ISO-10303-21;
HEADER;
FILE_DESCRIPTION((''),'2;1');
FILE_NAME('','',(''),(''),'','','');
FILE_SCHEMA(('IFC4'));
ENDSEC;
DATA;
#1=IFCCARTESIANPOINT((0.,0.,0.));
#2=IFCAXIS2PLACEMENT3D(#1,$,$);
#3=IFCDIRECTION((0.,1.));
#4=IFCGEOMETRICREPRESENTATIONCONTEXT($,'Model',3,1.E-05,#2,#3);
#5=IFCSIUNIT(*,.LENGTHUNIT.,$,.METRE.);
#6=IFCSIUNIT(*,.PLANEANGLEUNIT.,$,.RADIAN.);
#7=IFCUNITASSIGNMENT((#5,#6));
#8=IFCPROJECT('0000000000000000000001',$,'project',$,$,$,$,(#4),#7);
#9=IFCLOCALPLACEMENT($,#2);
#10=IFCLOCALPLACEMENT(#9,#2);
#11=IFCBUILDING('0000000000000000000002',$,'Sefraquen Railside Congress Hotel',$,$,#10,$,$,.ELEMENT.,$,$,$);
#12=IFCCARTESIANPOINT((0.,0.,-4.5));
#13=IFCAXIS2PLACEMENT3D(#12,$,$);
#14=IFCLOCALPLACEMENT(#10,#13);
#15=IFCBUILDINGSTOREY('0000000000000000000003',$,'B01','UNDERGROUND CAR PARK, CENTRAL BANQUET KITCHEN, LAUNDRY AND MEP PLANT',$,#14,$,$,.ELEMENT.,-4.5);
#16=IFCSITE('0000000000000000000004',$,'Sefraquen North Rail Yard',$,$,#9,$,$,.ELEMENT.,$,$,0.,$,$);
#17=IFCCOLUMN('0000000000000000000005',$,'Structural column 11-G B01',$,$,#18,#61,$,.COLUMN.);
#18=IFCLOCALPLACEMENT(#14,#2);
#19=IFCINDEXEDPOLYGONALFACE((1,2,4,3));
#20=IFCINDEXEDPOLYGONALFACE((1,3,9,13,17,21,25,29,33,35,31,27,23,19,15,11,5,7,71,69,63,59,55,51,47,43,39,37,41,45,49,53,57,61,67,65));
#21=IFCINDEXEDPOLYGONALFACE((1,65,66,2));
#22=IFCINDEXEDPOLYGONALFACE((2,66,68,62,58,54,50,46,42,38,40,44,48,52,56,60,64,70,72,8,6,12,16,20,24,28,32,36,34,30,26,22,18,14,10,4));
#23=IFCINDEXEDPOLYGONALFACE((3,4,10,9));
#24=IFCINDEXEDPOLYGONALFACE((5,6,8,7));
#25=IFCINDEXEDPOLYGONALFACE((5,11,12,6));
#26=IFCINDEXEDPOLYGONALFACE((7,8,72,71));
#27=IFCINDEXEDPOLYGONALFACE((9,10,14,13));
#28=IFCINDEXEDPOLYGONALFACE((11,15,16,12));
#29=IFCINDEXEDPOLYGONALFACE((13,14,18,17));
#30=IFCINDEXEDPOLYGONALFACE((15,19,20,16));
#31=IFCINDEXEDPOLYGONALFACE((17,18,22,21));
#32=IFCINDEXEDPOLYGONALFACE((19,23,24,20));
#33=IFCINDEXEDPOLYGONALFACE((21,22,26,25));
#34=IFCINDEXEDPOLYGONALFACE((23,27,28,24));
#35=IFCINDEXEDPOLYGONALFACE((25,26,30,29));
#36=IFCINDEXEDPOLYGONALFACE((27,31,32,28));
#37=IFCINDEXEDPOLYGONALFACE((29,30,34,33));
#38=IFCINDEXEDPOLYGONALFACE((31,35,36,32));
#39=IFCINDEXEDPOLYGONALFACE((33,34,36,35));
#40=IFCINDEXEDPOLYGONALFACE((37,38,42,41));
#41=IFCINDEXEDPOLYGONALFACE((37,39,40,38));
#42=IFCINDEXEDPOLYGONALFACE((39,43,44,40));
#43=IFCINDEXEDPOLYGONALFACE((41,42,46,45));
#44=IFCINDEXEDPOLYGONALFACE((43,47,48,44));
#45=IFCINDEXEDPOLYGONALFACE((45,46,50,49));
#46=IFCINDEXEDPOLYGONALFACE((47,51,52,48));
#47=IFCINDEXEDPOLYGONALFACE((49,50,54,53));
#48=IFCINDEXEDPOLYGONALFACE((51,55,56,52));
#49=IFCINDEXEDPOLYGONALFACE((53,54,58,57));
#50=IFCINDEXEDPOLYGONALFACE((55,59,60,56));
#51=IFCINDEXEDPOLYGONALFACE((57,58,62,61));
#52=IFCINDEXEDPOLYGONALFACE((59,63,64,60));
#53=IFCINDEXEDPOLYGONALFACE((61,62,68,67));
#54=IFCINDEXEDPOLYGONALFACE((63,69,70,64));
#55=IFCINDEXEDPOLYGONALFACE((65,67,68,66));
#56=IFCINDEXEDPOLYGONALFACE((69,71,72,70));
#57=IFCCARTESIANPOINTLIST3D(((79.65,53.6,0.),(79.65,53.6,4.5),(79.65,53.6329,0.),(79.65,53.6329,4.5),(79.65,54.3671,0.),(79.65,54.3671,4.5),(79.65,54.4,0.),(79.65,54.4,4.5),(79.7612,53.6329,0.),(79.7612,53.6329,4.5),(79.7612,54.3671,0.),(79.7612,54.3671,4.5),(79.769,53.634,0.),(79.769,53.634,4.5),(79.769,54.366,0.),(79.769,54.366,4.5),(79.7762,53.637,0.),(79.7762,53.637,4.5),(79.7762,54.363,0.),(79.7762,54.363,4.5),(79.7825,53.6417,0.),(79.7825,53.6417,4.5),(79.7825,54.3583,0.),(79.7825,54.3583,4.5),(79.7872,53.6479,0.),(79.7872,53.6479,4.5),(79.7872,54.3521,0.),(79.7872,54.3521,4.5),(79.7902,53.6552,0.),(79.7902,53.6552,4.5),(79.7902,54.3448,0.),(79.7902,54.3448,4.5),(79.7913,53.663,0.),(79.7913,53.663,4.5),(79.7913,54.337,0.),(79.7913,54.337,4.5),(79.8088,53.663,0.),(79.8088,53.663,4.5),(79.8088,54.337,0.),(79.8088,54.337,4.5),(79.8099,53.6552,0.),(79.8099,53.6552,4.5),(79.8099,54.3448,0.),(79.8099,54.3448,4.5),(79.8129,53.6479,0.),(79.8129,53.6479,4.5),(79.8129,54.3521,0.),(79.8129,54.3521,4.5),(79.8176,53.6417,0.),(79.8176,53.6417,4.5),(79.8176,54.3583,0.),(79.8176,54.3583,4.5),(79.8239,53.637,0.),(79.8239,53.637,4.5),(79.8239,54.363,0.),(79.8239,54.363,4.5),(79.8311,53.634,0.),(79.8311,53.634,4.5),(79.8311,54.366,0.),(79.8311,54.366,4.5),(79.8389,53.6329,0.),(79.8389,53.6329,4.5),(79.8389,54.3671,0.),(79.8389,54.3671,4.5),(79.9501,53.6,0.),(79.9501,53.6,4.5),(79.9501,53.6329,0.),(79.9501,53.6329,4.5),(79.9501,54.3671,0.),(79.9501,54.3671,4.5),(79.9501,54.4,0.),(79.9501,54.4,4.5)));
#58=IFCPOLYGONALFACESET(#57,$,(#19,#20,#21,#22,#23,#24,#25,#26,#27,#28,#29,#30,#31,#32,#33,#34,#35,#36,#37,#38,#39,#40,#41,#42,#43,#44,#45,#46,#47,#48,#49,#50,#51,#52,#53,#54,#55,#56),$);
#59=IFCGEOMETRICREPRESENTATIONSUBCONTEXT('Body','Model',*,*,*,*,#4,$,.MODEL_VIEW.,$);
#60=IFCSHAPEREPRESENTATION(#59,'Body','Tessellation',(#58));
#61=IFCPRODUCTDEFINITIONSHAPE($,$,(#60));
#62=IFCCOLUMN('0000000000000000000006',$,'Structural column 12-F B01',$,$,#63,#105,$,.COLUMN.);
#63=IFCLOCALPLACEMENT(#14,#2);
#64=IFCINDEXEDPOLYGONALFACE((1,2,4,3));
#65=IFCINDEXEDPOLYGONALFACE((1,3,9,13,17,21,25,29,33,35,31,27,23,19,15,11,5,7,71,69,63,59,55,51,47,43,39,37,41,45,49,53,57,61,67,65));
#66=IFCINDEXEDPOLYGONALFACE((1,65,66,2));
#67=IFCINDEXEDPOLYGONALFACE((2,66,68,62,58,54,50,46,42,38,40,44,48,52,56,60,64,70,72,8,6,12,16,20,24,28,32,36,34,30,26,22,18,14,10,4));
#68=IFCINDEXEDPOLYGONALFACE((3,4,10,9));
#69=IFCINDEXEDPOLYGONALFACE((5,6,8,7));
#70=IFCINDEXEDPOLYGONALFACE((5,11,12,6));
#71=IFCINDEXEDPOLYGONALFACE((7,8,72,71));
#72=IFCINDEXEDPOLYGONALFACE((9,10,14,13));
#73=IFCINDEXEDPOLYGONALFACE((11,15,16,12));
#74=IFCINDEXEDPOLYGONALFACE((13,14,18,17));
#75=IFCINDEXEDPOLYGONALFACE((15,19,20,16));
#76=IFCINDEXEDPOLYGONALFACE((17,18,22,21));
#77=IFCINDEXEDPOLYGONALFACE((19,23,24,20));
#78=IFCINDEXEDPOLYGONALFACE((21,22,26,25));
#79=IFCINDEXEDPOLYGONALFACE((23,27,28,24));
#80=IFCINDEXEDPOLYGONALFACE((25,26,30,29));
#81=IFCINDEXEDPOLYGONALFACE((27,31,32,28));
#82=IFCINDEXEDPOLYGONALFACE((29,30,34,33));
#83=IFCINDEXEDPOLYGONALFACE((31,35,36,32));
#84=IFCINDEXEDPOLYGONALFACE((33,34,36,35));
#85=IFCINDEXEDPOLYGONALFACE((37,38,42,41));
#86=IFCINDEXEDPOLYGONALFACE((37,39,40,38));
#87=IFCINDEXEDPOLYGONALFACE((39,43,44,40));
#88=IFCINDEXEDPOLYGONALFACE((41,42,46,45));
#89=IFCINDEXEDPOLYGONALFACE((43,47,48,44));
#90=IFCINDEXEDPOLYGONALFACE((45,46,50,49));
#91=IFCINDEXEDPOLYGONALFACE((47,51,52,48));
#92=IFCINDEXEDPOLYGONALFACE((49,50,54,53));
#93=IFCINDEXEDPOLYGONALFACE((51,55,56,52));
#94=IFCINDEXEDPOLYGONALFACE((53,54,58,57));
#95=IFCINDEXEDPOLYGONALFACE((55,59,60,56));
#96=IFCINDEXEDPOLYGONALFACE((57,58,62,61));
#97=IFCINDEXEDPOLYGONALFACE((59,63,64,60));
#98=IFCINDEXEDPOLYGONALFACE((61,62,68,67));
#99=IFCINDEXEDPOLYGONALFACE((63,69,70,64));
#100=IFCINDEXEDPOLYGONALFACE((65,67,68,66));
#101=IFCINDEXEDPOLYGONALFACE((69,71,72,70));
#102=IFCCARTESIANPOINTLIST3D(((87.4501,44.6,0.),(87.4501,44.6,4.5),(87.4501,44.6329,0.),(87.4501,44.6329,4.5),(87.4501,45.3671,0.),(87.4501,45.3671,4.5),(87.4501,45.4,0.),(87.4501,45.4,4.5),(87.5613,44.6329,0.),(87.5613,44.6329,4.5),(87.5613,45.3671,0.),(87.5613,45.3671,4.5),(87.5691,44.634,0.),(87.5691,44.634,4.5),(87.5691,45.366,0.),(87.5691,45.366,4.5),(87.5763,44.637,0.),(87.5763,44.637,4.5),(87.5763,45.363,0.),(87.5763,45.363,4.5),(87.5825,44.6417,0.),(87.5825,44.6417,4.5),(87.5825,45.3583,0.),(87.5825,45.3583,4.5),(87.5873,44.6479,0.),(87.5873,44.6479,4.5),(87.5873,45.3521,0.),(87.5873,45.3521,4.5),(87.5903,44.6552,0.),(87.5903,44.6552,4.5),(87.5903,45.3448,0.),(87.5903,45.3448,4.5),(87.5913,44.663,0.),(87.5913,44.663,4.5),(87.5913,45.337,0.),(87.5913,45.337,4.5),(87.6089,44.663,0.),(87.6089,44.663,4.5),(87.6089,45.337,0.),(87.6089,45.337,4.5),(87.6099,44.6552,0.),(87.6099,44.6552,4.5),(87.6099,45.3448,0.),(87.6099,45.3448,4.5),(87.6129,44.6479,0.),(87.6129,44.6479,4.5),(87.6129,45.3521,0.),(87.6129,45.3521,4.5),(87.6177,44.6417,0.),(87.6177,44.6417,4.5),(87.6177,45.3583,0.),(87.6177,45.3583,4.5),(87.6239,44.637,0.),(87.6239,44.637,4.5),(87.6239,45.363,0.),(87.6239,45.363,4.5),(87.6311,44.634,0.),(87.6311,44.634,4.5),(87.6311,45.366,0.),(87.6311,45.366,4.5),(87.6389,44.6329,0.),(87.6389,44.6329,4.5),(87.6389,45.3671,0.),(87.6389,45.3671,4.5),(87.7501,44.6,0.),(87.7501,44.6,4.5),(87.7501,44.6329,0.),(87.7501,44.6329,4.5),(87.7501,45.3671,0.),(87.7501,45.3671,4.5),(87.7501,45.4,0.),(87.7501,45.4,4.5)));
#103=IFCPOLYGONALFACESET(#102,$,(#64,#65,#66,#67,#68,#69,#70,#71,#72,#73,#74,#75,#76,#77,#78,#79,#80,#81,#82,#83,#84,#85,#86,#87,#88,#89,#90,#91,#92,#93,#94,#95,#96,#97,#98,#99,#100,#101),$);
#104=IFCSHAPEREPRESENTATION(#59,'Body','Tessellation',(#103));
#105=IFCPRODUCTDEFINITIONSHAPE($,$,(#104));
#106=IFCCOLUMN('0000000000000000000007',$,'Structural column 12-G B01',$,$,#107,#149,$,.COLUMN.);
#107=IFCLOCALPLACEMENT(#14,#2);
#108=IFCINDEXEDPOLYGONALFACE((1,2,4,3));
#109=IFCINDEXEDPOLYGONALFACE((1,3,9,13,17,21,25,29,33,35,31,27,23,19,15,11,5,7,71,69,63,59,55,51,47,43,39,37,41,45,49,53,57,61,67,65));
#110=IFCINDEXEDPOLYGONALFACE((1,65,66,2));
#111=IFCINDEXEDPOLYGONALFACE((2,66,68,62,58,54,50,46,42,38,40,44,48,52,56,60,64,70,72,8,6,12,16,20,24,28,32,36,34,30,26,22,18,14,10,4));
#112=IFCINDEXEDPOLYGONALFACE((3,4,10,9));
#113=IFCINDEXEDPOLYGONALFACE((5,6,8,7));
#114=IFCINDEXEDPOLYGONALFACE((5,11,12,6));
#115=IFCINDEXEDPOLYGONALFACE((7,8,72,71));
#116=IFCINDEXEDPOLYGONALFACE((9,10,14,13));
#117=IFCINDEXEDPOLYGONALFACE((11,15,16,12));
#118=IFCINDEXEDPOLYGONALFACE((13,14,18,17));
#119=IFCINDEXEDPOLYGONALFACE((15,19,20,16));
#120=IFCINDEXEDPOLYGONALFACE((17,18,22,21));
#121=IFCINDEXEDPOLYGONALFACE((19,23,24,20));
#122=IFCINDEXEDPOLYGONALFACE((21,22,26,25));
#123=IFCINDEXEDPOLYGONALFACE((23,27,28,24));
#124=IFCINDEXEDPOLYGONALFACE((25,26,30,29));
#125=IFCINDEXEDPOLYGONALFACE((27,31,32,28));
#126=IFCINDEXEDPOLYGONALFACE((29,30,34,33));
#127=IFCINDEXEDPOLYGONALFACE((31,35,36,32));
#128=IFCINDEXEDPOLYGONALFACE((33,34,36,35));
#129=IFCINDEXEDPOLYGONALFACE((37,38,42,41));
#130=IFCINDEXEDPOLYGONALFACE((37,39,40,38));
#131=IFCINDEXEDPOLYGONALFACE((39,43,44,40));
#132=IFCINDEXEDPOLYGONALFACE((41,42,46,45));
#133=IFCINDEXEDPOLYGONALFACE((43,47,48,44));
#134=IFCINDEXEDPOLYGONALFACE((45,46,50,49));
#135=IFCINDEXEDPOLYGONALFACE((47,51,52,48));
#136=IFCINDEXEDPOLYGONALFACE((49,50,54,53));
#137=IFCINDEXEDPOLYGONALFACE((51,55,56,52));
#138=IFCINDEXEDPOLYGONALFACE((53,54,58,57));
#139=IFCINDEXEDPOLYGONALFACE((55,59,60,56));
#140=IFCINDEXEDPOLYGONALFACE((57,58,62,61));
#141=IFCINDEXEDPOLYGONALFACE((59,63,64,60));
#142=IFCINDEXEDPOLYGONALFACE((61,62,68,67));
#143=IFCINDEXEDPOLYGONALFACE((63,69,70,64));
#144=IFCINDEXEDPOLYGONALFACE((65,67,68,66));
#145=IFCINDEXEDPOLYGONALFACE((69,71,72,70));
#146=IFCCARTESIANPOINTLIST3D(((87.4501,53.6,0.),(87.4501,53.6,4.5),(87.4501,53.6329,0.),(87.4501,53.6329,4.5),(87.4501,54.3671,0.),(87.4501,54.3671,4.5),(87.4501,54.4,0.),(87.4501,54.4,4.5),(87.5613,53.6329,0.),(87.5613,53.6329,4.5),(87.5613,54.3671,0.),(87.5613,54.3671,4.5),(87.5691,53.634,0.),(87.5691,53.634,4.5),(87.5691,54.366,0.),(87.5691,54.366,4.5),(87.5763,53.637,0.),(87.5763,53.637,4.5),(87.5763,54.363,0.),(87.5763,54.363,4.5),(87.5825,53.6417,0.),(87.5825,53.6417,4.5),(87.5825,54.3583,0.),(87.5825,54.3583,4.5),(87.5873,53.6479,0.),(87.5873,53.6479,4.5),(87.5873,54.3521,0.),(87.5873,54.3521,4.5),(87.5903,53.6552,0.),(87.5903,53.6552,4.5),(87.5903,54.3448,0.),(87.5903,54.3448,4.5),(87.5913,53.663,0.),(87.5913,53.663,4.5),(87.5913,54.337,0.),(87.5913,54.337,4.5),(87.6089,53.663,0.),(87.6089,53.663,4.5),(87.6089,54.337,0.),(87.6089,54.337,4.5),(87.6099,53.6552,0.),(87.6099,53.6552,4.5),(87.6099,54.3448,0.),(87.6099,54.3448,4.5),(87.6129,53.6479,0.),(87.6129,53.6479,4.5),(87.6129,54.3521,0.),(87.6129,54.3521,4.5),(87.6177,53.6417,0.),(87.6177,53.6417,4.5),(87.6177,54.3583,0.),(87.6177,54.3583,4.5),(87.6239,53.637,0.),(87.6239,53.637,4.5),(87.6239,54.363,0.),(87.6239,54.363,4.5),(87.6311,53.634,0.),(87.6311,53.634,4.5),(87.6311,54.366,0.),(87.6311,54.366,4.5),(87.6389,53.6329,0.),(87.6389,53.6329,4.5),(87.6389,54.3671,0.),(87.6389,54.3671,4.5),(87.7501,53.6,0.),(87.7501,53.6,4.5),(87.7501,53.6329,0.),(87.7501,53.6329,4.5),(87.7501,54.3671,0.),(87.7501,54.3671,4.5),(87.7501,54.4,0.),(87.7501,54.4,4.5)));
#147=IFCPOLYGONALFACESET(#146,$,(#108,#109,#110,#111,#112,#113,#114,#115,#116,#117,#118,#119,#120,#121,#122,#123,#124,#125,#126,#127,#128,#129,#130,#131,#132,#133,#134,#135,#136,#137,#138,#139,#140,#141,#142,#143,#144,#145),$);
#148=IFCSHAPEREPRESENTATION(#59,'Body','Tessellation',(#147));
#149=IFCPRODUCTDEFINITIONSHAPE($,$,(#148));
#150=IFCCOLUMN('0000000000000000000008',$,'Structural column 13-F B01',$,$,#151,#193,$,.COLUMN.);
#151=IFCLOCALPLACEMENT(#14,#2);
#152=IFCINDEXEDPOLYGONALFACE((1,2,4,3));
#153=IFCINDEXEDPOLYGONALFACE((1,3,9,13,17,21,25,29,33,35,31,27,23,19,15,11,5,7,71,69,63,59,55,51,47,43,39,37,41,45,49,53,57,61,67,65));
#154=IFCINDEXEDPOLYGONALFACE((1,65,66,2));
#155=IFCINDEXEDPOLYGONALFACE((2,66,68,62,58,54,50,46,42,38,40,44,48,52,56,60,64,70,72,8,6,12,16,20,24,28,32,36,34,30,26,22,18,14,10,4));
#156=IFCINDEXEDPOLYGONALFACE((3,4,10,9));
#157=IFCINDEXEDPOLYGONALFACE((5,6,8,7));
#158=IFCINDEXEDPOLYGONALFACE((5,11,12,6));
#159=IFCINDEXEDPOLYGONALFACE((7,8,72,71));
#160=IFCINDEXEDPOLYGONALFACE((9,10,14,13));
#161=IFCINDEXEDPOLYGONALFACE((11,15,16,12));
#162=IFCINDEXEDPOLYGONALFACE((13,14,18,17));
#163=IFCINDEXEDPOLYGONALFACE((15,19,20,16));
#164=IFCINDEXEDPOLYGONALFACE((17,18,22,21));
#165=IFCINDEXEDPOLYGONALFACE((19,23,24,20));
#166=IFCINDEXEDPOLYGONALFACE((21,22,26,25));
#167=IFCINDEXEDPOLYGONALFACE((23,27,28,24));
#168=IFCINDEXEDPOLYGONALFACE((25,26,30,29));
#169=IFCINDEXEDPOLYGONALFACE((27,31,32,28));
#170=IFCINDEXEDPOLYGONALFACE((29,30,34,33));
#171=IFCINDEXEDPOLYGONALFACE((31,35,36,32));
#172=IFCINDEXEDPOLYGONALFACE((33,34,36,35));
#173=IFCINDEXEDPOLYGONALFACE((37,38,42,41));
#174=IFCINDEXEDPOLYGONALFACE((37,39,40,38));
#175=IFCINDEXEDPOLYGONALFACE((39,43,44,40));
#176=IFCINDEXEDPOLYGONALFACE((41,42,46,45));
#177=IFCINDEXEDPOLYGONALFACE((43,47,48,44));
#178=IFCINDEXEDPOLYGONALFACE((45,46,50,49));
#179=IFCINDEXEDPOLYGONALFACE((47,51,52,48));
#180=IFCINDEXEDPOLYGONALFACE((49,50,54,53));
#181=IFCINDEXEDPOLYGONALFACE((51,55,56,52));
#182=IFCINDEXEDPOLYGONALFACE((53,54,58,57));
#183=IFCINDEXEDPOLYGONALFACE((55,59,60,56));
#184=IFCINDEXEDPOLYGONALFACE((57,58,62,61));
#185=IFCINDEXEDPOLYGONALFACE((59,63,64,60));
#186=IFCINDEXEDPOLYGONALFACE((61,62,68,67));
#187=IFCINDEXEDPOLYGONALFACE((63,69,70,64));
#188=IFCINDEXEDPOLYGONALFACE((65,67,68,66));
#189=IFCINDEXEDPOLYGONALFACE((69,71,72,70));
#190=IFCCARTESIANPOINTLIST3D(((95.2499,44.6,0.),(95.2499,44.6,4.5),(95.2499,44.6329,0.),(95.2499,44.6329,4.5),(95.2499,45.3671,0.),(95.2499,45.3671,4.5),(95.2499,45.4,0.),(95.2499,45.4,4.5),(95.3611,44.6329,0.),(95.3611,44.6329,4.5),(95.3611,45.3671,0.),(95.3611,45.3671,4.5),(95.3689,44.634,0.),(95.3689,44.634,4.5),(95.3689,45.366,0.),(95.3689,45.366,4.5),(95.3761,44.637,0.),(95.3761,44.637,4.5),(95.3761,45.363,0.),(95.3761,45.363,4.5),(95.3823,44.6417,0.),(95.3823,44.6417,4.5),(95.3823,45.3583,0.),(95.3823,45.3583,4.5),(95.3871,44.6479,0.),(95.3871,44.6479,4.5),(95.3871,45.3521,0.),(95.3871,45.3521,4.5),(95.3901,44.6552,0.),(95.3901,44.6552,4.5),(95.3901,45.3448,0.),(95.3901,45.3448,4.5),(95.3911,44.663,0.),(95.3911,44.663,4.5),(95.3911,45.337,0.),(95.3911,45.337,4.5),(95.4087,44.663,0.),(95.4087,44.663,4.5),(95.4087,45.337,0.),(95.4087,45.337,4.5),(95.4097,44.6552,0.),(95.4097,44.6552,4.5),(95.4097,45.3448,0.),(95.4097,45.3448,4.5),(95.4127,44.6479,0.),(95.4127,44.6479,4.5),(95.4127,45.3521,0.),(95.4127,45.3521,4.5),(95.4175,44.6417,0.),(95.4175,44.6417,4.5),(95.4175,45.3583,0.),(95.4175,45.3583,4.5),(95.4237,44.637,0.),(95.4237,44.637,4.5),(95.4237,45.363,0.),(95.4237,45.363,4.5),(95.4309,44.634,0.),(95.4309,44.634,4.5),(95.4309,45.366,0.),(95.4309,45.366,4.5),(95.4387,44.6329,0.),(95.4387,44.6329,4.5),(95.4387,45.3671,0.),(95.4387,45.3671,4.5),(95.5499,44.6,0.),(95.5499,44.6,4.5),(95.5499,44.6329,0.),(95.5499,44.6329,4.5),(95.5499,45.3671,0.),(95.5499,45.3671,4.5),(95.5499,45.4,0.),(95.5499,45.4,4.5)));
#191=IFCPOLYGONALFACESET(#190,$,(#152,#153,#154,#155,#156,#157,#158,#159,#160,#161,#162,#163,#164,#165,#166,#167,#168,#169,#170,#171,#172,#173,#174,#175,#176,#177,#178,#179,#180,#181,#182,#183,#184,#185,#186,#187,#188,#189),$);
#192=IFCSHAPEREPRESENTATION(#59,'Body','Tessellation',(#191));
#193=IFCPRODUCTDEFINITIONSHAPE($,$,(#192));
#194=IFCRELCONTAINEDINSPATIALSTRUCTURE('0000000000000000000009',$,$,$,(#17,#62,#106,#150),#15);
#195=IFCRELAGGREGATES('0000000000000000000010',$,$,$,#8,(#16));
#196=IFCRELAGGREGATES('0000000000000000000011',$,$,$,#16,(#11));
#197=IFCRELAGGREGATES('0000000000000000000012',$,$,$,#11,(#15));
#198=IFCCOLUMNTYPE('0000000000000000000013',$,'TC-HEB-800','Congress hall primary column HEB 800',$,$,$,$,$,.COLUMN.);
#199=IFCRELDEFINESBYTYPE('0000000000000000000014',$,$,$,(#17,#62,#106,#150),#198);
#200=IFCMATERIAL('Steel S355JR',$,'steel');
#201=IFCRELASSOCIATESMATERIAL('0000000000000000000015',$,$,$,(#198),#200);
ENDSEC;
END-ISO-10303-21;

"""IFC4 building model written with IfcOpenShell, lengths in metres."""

from ifc_helpers import new_model, si_unit, direction, frame, origin, origin_2d, place, context, subcontext, project, spatial, i_section, extrude, material, material_profile, profile_set, type_object, element, save


model = new_model("IFC4")

# Units and contexts
model_context = context("Model", 3, precision=1e-05, world=origin(), true_north=direction((0.0, 1.0)))
body_context = subcontext(model_context, "Body", "Model", "MODEL_VIEW")
ifc_project = project(units=[si_unit("LENGTHUNIT", "METRE"), si_unit("PLANEANGLEUNIT", "RADIAN")], contexts=[model_context])

# Site, building, storey
site_placement = place(None, origin())
site = spatial("IfcSite", under=ifc_project, at=site_placement, Name="Sefraquen North Rail Yard", CompositionType="ELEMENT", RefElevation=0.0)
building_placement = place(site_placement, origin())
building = spatial("IfcBuilding", under=site, at=building_placement, Name="Sefraquen Railside Congress Hotel", CompositionType="ELEMENT")
storey_placement = place(building_placement, frame((0.0, 0.0, -4.5)))
storey = spatial("IfcBuildingStorey", under=building, at=storey_placement, Name="B01", Description="UNDERGROUND CAR PARK, CENTRAL BANQUET KITCHEN, LAUNDRY AND MEP PLANT", CompositionType="ELEMENT", Elevation=-4.5)

# Columns
ifc_material_1 = material(Name="Steel S355JR", Category="steel")
ifc_material_profile_1 = material_profile(ifc_material_1, i_section(OverallWidth=0.3, OverallDepth=0.8, WebThickness=0.0176, FlangeThickness=0.033, FilletRadius=0.03, at=origin_2d()), Name="HEB 800")
ifc_profile_set_1 = profile_set([ifc_material_profile_1], Name="Steel S355JR")
column_type_1 = type_object("IfcColumnType", Name="TC-HEB-800", Description="Congress hall primary column HEB 800", PredefinedType="COLUMN", material=ifc_profile_set_1)
for number, where, z_axis, x_axis, name in (
    (1, (79.8, 54.0, 0.0), (0.0, 0.0, 1.0), (1.0, 0.0, 0.0), "Structural column 11-G B01"),
    (2, (87.6001, 45.0, 0.0), (0.0, 0.0, 1.0), (1.0, 0.0, 0.0), "Structural column 12-F B01"),
    (3, (87.6001, 54.0, 0.0), (0.0, 0.0, 1.0), (1.0, 0.0, 0.0), "Structural column 12-G B01"),
    (4, (95.3999, 45.0, 0.0), (0.0, 0.0, 1.0), (1.0, 0.0, 0.0), "Structural column 13-F B01"),
):
    element("IfcColumn", number, at=place(storey_placement, frame(where, z_axis=z_axis, x_axis=x_axis)), inside=storey, type_object=column_type_1, Name=name, PredefinedType="COLUMN", context=body_context, shape_type="SweptSolid", body=[
        extrude(i_section(OverallWidth=0.3, OverallDepth=0.8, WebThickness=0.0176, FlangeThickness=0.033, FilletRadius=0.03, at=origin_2d()), origin(), (0.0, 0.0, 1.0), 4.5),
    ])

save(model, "model.ifc")
